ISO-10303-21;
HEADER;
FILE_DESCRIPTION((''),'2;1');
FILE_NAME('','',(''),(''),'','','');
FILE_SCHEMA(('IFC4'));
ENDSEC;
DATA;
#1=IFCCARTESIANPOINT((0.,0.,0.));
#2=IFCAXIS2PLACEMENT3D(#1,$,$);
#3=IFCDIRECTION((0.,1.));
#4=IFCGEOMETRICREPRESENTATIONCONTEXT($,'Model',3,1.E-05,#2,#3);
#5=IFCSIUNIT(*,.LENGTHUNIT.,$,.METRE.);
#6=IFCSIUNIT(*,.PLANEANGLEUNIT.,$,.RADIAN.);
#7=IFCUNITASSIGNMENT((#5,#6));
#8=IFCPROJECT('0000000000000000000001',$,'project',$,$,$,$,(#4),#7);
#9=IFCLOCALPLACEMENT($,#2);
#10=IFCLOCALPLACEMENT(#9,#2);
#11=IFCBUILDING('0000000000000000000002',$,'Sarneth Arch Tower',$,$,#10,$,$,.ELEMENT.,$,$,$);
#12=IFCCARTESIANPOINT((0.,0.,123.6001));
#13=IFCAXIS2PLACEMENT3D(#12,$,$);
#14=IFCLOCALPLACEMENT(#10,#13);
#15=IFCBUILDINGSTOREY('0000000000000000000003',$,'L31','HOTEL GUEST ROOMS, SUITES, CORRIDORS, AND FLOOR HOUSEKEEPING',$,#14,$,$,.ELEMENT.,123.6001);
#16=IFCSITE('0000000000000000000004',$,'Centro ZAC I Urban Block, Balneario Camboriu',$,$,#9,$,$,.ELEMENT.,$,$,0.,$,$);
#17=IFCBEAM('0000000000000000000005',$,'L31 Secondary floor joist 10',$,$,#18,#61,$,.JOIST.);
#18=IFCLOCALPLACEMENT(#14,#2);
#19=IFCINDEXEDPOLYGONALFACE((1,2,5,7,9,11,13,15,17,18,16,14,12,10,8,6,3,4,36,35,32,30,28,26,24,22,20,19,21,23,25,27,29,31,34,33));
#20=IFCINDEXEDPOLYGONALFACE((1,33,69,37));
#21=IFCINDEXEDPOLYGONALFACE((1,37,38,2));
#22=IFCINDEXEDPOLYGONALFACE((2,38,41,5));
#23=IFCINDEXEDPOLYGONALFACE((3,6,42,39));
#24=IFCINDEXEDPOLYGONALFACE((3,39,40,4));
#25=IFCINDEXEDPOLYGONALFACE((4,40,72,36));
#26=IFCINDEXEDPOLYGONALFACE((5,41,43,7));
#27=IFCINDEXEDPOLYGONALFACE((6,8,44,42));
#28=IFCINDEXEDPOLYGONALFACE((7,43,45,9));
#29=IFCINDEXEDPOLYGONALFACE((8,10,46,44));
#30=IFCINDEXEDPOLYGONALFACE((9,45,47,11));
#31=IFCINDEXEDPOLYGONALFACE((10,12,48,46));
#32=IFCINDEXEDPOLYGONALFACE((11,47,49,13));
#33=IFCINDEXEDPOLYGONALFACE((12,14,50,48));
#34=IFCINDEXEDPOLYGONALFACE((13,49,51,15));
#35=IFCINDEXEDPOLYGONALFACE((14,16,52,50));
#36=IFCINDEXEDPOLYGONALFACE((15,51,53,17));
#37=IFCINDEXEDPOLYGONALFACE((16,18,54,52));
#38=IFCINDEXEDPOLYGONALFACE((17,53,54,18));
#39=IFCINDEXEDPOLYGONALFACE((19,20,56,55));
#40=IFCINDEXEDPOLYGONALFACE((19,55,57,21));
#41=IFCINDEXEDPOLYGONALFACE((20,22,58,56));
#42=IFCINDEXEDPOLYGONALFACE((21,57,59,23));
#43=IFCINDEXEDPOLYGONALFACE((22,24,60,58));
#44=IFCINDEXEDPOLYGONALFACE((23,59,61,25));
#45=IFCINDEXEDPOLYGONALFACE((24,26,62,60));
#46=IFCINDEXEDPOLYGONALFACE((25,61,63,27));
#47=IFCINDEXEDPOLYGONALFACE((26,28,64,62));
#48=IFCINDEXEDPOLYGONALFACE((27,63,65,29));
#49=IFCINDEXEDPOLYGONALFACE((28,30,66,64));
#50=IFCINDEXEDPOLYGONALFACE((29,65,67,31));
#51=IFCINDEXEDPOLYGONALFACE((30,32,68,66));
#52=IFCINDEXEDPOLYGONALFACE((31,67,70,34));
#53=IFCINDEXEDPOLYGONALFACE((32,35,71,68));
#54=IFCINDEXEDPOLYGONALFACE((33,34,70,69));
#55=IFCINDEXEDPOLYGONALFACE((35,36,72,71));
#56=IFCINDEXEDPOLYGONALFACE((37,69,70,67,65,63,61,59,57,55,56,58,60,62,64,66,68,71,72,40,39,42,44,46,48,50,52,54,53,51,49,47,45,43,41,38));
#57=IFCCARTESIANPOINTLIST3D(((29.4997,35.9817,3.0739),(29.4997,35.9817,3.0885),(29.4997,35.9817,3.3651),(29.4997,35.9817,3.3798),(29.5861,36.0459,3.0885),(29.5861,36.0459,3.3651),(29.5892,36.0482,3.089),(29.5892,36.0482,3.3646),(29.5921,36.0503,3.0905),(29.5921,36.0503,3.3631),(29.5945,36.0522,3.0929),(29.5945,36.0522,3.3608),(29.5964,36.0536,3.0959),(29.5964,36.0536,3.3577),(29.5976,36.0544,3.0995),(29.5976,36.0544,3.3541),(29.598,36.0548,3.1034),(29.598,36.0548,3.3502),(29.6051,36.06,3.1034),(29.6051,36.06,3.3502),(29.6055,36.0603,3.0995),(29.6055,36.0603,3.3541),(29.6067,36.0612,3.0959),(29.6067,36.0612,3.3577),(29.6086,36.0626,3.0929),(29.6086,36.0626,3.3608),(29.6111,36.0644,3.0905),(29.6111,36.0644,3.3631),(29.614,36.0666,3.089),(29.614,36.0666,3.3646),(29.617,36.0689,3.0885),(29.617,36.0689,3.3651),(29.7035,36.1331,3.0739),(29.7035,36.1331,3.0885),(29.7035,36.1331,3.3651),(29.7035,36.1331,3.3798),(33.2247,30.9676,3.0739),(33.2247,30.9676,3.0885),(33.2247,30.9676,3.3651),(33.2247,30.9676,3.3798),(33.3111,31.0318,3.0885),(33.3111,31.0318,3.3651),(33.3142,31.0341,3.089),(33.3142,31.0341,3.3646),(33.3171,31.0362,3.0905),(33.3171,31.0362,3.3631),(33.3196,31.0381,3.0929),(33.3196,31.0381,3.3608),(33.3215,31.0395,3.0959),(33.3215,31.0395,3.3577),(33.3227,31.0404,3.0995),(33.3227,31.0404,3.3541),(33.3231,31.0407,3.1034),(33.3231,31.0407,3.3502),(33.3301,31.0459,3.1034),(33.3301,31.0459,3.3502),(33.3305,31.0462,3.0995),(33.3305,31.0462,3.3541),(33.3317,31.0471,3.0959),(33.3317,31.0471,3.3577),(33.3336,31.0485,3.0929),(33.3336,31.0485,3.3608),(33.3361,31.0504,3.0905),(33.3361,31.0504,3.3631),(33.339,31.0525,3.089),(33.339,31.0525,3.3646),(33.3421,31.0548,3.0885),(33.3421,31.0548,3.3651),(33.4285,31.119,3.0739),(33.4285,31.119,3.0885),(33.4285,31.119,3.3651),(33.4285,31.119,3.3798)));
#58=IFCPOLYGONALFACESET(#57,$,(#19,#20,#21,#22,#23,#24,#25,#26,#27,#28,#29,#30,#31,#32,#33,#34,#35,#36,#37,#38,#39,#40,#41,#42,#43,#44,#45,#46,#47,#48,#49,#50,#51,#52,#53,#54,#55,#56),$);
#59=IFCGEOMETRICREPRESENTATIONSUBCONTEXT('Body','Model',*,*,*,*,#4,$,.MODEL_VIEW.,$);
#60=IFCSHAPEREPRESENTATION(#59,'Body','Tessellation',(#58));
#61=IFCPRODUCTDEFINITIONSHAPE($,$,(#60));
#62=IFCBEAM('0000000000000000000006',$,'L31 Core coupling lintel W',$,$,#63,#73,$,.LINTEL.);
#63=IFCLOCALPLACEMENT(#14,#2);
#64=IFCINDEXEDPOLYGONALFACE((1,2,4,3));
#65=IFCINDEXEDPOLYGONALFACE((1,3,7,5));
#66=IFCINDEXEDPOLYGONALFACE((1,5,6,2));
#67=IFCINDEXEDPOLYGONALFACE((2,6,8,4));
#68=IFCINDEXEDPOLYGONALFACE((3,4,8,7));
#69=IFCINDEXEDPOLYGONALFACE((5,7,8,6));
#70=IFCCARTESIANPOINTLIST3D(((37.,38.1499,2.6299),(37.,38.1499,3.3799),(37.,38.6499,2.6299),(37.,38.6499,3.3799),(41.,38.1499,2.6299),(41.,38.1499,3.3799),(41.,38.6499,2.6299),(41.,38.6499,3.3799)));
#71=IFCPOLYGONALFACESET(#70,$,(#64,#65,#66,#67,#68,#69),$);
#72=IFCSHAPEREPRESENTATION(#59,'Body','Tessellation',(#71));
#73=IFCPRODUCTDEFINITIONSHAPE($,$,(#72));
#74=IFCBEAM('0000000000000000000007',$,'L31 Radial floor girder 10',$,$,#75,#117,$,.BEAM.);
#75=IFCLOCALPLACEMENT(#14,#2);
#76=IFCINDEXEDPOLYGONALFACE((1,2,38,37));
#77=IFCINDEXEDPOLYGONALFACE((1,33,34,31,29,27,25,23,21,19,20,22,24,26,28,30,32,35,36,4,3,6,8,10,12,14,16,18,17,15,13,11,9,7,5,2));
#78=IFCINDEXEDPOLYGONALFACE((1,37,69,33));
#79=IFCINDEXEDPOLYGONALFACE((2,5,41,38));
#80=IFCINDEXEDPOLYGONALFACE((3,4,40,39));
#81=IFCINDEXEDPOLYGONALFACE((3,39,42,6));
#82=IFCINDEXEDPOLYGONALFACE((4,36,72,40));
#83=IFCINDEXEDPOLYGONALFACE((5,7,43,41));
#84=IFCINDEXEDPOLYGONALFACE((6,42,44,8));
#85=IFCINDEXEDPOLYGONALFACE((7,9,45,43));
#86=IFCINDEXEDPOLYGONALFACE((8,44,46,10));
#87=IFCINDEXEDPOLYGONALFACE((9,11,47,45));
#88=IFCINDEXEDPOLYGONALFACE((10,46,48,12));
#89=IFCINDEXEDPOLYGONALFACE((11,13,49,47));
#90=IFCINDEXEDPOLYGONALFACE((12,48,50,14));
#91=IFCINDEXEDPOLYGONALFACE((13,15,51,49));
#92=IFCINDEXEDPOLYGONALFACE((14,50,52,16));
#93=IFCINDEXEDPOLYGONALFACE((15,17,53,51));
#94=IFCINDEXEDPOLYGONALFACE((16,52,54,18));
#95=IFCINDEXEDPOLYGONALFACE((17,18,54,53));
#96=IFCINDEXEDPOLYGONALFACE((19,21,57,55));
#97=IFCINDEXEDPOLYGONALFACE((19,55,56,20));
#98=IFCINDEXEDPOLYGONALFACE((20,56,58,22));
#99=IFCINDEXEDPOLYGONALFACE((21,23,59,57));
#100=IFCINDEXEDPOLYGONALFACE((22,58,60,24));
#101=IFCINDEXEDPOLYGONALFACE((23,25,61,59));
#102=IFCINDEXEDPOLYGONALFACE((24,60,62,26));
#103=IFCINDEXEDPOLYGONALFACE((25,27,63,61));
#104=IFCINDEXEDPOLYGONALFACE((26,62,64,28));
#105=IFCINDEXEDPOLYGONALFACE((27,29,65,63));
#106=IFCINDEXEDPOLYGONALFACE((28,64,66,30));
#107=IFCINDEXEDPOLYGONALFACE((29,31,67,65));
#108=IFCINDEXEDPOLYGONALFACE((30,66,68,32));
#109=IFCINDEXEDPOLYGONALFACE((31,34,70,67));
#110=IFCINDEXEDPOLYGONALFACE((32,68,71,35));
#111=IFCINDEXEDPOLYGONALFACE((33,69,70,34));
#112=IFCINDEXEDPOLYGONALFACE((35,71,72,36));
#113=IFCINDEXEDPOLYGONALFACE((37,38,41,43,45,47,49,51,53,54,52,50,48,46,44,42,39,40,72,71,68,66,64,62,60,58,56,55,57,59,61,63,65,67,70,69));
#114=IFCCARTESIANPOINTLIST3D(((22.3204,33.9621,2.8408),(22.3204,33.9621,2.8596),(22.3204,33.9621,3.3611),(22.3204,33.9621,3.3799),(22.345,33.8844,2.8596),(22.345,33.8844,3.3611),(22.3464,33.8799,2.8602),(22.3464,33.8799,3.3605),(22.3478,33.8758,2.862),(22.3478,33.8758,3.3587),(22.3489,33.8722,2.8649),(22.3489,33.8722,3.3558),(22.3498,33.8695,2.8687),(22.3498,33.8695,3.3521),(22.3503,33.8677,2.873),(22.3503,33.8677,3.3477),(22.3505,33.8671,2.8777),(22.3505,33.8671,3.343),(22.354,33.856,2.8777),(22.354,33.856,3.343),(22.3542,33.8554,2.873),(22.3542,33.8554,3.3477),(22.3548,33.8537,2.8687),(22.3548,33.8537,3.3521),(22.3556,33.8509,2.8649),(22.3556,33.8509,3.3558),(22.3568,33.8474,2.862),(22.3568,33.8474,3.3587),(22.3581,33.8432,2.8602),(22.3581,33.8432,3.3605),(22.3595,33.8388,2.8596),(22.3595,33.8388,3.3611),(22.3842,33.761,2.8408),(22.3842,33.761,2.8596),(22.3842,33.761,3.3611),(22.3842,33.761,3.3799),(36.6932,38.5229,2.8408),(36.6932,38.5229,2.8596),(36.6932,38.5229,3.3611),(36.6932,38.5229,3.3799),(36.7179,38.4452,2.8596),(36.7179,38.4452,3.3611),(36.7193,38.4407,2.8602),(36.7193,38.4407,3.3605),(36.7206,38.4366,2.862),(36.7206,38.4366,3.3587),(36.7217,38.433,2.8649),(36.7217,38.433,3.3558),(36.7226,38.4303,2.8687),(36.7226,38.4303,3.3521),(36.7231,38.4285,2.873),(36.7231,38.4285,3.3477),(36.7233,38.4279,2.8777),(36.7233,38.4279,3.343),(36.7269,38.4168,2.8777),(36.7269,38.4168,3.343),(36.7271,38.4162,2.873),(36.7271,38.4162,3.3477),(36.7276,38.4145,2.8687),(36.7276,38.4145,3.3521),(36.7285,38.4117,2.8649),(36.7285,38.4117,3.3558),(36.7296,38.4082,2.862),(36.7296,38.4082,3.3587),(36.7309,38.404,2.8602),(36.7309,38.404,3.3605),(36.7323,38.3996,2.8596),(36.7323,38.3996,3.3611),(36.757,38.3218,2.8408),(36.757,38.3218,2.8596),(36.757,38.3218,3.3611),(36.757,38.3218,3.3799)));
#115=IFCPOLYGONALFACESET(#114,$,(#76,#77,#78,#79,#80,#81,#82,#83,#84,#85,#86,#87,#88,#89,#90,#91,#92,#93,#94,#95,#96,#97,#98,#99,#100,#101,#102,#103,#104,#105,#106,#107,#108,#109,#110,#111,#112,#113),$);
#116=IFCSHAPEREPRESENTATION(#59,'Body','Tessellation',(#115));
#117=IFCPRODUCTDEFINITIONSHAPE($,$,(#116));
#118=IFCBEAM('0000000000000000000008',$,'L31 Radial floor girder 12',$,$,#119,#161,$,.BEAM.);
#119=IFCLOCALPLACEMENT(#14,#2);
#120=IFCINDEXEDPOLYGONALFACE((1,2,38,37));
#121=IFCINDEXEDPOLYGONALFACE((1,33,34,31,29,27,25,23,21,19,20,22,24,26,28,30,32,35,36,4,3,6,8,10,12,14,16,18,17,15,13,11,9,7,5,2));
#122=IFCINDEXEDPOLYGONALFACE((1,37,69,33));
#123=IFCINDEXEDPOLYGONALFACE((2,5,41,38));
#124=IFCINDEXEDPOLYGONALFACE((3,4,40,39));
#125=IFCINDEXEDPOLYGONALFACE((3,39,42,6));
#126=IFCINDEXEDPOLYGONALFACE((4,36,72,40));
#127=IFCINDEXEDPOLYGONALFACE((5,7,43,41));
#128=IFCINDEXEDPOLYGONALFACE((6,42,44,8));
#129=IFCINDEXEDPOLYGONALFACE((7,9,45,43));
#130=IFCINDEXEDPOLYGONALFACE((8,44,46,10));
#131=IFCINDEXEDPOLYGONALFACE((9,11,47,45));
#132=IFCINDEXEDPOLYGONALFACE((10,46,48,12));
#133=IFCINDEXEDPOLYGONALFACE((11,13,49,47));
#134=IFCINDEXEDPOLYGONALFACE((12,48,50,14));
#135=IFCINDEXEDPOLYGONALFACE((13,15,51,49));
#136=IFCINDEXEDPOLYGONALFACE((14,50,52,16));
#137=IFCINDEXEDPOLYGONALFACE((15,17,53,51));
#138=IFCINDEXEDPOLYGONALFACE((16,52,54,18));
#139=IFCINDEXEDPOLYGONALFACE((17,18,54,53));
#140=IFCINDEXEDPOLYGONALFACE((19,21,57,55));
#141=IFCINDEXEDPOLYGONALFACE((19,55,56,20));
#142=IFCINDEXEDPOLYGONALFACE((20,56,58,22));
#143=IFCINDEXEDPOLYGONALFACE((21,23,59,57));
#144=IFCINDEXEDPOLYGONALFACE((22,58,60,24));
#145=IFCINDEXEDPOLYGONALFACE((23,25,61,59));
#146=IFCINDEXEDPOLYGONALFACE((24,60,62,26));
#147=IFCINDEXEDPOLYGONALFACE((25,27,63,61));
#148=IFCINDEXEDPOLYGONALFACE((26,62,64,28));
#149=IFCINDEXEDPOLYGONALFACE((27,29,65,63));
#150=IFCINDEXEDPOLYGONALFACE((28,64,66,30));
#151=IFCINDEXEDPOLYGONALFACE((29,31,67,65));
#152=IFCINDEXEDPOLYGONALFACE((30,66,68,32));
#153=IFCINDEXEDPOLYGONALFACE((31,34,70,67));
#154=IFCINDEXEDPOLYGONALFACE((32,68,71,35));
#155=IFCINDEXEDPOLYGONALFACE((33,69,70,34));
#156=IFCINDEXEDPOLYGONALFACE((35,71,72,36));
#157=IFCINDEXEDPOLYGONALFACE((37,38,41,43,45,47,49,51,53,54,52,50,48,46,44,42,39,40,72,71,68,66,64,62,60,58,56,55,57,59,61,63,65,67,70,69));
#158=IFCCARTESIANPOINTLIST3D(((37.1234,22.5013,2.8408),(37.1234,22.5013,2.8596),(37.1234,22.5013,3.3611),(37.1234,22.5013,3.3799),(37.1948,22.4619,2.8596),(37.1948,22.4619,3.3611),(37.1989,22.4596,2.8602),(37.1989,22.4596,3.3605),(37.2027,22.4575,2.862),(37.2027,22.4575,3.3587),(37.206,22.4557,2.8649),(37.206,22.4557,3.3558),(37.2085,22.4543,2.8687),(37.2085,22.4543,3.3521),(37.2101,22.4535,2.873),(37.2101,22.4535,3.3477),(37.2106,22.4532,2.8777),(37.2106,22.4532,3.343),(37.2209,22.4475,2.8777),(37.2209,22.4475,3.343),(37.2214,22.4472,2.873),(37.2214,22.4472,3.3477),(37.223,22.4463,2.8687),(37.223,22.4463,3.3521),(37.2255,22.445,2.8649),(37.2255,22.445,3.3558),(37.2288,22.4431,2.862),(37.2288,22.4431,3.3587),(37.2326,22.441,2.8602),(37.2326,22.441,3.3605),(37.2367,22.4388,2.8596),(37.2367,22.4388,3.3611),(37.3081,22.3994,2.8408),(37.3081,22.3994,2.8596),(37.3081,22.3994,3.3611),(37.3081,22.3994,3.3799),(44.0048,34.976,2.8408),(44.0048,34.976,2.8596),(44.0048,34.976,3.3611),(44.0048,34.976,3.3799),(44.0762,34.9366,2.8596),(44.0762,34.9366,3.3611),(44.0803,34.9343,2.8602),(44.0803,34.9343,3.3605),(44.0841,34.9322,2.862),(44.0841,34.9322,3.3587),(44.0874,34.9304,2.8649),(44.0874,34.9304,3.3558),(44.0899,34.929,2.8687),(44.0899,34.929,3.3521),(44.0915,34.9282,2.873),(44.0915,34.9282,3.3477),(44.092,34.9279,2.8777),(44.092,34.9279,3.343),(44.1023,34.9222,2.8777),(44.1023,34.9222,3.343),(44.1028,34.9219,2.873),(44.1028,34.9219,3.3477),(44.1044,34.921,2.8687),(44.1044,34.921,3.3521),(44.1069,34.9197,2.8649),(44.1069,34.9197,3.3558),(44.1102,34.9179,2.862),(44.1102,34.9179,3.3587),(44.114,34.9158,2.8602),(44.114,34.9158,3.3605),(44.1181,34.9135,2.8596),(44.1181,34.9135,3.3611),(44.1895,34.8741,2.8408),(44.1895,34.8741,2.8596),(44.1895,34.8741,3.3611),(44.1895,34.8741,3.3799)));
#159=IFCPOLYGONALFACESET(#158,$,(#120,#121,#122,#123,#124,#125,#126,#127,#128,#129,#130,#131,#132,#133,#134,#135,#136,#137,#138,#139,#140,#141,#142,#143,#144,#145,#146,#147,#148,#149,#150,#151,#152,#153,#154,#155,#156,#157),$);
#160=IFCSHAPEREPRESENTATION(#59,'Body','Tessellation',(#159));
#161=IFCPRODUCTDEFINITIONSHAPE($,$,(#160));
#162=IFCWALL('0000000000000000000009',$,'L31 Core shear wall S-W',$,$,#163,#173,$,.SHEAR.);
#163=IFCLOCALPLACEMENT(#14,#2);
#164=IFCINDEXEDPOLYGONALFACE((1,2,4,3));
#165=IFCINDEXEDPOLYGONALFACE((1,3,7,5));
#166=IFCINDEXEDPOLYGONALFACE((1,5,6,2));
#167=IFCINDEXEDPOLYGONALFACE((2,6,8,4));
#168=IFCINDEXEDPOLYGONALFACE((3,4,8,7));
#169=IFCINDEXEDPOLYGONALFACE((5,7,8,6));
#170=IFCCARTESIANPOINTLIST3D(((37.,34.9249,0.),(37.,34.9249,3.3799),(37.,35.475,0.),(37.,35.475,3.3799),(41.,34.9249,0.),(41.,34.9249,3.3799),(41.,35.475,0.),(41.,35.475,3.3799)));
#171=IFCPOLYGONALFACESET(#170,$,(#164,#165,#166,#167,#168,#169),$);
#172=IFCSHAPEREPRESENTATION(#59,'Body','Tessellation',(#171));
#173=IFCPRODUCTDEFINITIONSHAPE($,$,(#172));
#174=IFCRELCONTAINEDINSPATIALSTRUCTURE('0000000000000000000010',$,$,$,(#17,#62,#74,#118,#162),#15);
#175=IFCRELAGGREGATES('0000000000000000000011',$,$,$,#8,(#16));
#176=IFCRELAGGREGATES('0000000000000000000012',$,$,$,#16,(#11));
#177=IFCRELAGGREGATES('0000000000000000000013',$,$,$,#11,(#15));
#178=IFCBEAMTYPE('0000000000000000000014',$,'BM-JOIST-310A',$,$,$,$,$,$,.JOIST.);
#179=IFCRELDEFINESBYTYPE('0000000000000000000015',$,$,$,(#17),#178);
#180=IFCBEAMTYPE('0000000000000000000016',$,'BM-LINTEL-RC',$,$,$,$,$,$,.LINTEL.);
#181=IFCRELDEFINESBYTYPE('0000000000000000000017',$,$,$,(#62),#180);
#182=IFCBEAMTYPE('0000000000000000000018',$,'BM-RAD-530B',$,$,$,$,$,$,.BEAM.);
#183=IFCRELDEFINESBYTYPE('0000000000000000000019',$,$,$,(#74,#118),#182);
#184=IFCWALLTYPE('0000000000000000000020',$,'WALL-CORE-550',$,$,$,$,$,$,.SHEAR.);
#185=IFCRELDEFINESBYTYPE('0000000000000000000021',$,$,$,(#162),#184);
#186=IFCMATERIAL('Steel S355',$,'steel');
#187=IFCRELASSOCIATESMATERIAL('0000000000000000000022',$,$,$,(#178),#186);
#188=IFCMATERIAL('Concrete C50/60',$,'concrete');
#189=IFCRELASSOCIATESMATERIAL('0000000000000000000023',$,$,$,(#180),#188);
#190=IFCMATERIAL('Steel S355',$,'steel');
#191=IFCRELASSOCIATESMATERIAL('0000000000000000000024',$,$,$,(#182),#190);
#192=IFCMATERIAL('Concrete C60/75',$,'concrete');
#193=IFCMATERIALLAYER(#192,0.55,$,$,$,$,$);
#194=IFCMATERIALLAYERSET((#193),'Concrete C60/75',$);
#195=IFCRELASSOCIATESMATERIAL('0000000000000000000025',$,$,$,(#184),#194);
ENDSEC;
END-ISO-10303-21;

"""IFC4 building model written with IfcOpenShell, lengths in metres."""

from ifc_helpers import new_model, si_unit, direction, frame, frame_2d, origin, origin_2d, place, context, subcontext, project, spatial, rectangle, i_section, extrude, material, layer, layer_set, material_profile, profile_set, type_object, element, save


model = new_model("IFC4")

# Units and contexts
model_context = context("Model", 3, precision=1e-05, world=origin(), true_north=direction((0.0, 1.0)))
body_context = subcontext(model_context, "Body", "Model", "MODEL_VIEW")
ifc_project = project(units=[si_unit("LENGTHUNIT", "METRE"), si_unit("PLANEANGLEUNIT", "RADIAN")], contexts=[model_context])

# Site, building, storey
site_placement = place(None, origin())
site = spatial("IfcSite", under=ifc_project, at=site_placement, Name="Centro ZAC I Urban Block, Balneario Camboriu", CompositionType="ELEMENT", RefElevation=0.0)
building_placement = place(site_placement, origin())
building = spatial("IfcBuilding", under=site, at=building_placement, Name="Sarneth Arch Tower", CompositionType="ELEMENT")
storey_placement = place(building_placement, frame((0.0, 0.0, 123.6001)))
storey = spatial("IfcBuildingStorey", under=building, at=storey_placement, Name="L31", Description="HOTEL GUEST ROOMS, SUITES, CORRIDORS, AND FLOOR HOUSEKEEPING", CompositionType="ELEMENT", Elevation=123.6001)

# Beams
ifc_material_1 = material(Name="Steel S355", Category="steel")
ifc_material_profile_1 = material_profile(ifc_material_1, i_section(OverallWidth=0.2539, OverallDepth=0.3059, WebThickness=0.0088, FlangeThickness=0.0146, FilletRadius=0.0149, at=origin_2d()), Name="W310x79")
ifc_profile_set_1 = profile_set([ifc_material_profile_1], Name="Steel S355")
beam_type_1 = type_object("IfcBeamType", Name="BM-JOIST-310A", PredefinedType="JOIST", material=ifc_profile_set_1)
beam_1_placement = place(storey_placement, frame((29.6016, 36.0574, 3.2268), z_axis=(0.596354, -0.802721, 0.0), x_axis=(0.802721, 0.596354, 0.0)))
element("IfcBeam", 1, at=beam_1_placement, inside=storey, type_object=beam_type_1, Name="L31 Secondary floor joist 10", PredefinedType="JOIST", context=body_context, shape_type="SweptSolid", body=[
    extrude(i_section(OverallWidth=0.2539, OverallDepth=0.3059, WebThickness=0.0088, FlangeThickness=0.0146, FilletRadius=0.0149, at=origin_2d()), origin(), (0.0, 0.0, 1.0), 6.2463),
])
ifc_material_2 = material(Name="Concrete C50/60", Category="concrete")
ifc_material_profile_2 = material_profile(ifc_material_2, rectangle(XDim=0.5, YDim=0.75, at=origin_2d()), Name="RC-500x750")
ifc_profile_set_2 = profile_set([ifc_material_profile_2], Name="Concrete C50/60")
beam_type_2 = type_object("IfcBeamType", Name="BM-LINTEL-RC", PredefinedType="LINTEL", material=ifc_profile_set_2)
beam_2_placement = place(storey_placement, frame((37.0, 38.3999, 3.0049), z_axis=(1.0, 0.0, 0.0), x_axis=(0.0, 1.0, 0.0)))
element("IfcBeam", 2, at=beam_2_placement, inside=storey, type_object=beam_type_2, Name="L31 Core coupling lintel W", PredefinedType="LINTEL", context=body_context, shape_type="SweptSolid", body=[
    extrude(rectangle(XDim=0.5, YDim=0.75, at=origin_2d()), origin(), (0.0, 0.0, 1.0), 4.0),
])
ifc_material_3 = material(Name="Steel S355", Category="steel")
ifc_material_profile_3 = material_profile(ifc_material_3, i_section(OverallWidth=0.2109, OverallDepth=0.5391, WebThickness=0.0117, FlangeThickness=0.0188, FilletRadius=0.0181, at=origin_2d()), Name="W530x109")
ifc_profile_set_3 = profile_set([ifc_material_profile_3], Name="Steel S355")
beam_type_3 = type_object("IfcBeamType", Name="BM-RAD-530B", PredefinedType="BEAM", material=ifc_profile_set_3)
beam_3_placement = place(storey_placement, frame((36.7251, 38.4224, 3.1104), z_axis=(-0.953163, -0.302458, 0.0), x_axis=(0.302458, -0.953163, 0.0)))
element("IfcBeam", 3, at=beam_3_placement, inside=storey, type_object=beam_type_3, Name="L31 Radial floor girder 10", PredefinedType="BEAM", context=body_context, shape_type="SweptSolid", body=[
    extrude(i_section(OverallWidth=0.2109, OverallDepth=0.5391, WebThickness=0.0117, FlangeThickness=0.0188, FilletRadius=0.0181, at=origin_2d()), origin(), (0.0, 0.0, 1.0), 15.0791),
])
beam_4_placement = place(storey_placement, frame((44.0972, 34.925, 3.1104), z_axis=(-0.483013, -0.875613, 0.0), x_axis=(0.875613, -0.483013, 0.0)))
element("IfcBeam", 4, at=beam_4_placement, inside=storey, type_object=beam_type_3, Name="L31 Radial floor girder 12", PredefinedType="BEAM", context=body_context, shape_type="SweptSolid", body=[
    extrude(i_section(OverallWidth=0.2109, OverallDepth=0.5391, WebThickness=0.0117, FlangeThickness=0.0188, FilletRadius=0.0181, at=origin_2d()), origin(), (0.0, 0.0, 1.0), 14.2468),
])

# Wall
ifc_material_4 = material(Name="Concrete C60/75", Category="concrete")
ifc_layer_1 = layer(ifc_material_4, 0.55)
ifc_layer_set_1 = layer_set([ifc_layer_1], Name="Concrete C60/75")
wall_type_1 = type_object("IfcWallType", Name="WALL-CORE-550", PredefinedType="SHEAR", material=ifc_layer_set_1)
wall_1_placement = place(storey_placement, frame((37.0, 35.2, 0.0), z_axis=(0.0, 0.0, 1.0), x_axis=(1.0, 0.0, 0.0)))
element("IfcWall", 5, at=wall_1_placement, inside=storey, type_object=wall_type_1, Name="L31 Core shear wall S-W", PredefinedType="SHEAR", context=body_context, shape_type="SweptSolid", body=[
    extrude(rectangle(XDim=4.0, YDim=0.55, at=frame_2d((2.0, 0.0))), origin(), (0.0, 0.0, 1.0), 3.3799),
])

save(model, "model.ifc")
